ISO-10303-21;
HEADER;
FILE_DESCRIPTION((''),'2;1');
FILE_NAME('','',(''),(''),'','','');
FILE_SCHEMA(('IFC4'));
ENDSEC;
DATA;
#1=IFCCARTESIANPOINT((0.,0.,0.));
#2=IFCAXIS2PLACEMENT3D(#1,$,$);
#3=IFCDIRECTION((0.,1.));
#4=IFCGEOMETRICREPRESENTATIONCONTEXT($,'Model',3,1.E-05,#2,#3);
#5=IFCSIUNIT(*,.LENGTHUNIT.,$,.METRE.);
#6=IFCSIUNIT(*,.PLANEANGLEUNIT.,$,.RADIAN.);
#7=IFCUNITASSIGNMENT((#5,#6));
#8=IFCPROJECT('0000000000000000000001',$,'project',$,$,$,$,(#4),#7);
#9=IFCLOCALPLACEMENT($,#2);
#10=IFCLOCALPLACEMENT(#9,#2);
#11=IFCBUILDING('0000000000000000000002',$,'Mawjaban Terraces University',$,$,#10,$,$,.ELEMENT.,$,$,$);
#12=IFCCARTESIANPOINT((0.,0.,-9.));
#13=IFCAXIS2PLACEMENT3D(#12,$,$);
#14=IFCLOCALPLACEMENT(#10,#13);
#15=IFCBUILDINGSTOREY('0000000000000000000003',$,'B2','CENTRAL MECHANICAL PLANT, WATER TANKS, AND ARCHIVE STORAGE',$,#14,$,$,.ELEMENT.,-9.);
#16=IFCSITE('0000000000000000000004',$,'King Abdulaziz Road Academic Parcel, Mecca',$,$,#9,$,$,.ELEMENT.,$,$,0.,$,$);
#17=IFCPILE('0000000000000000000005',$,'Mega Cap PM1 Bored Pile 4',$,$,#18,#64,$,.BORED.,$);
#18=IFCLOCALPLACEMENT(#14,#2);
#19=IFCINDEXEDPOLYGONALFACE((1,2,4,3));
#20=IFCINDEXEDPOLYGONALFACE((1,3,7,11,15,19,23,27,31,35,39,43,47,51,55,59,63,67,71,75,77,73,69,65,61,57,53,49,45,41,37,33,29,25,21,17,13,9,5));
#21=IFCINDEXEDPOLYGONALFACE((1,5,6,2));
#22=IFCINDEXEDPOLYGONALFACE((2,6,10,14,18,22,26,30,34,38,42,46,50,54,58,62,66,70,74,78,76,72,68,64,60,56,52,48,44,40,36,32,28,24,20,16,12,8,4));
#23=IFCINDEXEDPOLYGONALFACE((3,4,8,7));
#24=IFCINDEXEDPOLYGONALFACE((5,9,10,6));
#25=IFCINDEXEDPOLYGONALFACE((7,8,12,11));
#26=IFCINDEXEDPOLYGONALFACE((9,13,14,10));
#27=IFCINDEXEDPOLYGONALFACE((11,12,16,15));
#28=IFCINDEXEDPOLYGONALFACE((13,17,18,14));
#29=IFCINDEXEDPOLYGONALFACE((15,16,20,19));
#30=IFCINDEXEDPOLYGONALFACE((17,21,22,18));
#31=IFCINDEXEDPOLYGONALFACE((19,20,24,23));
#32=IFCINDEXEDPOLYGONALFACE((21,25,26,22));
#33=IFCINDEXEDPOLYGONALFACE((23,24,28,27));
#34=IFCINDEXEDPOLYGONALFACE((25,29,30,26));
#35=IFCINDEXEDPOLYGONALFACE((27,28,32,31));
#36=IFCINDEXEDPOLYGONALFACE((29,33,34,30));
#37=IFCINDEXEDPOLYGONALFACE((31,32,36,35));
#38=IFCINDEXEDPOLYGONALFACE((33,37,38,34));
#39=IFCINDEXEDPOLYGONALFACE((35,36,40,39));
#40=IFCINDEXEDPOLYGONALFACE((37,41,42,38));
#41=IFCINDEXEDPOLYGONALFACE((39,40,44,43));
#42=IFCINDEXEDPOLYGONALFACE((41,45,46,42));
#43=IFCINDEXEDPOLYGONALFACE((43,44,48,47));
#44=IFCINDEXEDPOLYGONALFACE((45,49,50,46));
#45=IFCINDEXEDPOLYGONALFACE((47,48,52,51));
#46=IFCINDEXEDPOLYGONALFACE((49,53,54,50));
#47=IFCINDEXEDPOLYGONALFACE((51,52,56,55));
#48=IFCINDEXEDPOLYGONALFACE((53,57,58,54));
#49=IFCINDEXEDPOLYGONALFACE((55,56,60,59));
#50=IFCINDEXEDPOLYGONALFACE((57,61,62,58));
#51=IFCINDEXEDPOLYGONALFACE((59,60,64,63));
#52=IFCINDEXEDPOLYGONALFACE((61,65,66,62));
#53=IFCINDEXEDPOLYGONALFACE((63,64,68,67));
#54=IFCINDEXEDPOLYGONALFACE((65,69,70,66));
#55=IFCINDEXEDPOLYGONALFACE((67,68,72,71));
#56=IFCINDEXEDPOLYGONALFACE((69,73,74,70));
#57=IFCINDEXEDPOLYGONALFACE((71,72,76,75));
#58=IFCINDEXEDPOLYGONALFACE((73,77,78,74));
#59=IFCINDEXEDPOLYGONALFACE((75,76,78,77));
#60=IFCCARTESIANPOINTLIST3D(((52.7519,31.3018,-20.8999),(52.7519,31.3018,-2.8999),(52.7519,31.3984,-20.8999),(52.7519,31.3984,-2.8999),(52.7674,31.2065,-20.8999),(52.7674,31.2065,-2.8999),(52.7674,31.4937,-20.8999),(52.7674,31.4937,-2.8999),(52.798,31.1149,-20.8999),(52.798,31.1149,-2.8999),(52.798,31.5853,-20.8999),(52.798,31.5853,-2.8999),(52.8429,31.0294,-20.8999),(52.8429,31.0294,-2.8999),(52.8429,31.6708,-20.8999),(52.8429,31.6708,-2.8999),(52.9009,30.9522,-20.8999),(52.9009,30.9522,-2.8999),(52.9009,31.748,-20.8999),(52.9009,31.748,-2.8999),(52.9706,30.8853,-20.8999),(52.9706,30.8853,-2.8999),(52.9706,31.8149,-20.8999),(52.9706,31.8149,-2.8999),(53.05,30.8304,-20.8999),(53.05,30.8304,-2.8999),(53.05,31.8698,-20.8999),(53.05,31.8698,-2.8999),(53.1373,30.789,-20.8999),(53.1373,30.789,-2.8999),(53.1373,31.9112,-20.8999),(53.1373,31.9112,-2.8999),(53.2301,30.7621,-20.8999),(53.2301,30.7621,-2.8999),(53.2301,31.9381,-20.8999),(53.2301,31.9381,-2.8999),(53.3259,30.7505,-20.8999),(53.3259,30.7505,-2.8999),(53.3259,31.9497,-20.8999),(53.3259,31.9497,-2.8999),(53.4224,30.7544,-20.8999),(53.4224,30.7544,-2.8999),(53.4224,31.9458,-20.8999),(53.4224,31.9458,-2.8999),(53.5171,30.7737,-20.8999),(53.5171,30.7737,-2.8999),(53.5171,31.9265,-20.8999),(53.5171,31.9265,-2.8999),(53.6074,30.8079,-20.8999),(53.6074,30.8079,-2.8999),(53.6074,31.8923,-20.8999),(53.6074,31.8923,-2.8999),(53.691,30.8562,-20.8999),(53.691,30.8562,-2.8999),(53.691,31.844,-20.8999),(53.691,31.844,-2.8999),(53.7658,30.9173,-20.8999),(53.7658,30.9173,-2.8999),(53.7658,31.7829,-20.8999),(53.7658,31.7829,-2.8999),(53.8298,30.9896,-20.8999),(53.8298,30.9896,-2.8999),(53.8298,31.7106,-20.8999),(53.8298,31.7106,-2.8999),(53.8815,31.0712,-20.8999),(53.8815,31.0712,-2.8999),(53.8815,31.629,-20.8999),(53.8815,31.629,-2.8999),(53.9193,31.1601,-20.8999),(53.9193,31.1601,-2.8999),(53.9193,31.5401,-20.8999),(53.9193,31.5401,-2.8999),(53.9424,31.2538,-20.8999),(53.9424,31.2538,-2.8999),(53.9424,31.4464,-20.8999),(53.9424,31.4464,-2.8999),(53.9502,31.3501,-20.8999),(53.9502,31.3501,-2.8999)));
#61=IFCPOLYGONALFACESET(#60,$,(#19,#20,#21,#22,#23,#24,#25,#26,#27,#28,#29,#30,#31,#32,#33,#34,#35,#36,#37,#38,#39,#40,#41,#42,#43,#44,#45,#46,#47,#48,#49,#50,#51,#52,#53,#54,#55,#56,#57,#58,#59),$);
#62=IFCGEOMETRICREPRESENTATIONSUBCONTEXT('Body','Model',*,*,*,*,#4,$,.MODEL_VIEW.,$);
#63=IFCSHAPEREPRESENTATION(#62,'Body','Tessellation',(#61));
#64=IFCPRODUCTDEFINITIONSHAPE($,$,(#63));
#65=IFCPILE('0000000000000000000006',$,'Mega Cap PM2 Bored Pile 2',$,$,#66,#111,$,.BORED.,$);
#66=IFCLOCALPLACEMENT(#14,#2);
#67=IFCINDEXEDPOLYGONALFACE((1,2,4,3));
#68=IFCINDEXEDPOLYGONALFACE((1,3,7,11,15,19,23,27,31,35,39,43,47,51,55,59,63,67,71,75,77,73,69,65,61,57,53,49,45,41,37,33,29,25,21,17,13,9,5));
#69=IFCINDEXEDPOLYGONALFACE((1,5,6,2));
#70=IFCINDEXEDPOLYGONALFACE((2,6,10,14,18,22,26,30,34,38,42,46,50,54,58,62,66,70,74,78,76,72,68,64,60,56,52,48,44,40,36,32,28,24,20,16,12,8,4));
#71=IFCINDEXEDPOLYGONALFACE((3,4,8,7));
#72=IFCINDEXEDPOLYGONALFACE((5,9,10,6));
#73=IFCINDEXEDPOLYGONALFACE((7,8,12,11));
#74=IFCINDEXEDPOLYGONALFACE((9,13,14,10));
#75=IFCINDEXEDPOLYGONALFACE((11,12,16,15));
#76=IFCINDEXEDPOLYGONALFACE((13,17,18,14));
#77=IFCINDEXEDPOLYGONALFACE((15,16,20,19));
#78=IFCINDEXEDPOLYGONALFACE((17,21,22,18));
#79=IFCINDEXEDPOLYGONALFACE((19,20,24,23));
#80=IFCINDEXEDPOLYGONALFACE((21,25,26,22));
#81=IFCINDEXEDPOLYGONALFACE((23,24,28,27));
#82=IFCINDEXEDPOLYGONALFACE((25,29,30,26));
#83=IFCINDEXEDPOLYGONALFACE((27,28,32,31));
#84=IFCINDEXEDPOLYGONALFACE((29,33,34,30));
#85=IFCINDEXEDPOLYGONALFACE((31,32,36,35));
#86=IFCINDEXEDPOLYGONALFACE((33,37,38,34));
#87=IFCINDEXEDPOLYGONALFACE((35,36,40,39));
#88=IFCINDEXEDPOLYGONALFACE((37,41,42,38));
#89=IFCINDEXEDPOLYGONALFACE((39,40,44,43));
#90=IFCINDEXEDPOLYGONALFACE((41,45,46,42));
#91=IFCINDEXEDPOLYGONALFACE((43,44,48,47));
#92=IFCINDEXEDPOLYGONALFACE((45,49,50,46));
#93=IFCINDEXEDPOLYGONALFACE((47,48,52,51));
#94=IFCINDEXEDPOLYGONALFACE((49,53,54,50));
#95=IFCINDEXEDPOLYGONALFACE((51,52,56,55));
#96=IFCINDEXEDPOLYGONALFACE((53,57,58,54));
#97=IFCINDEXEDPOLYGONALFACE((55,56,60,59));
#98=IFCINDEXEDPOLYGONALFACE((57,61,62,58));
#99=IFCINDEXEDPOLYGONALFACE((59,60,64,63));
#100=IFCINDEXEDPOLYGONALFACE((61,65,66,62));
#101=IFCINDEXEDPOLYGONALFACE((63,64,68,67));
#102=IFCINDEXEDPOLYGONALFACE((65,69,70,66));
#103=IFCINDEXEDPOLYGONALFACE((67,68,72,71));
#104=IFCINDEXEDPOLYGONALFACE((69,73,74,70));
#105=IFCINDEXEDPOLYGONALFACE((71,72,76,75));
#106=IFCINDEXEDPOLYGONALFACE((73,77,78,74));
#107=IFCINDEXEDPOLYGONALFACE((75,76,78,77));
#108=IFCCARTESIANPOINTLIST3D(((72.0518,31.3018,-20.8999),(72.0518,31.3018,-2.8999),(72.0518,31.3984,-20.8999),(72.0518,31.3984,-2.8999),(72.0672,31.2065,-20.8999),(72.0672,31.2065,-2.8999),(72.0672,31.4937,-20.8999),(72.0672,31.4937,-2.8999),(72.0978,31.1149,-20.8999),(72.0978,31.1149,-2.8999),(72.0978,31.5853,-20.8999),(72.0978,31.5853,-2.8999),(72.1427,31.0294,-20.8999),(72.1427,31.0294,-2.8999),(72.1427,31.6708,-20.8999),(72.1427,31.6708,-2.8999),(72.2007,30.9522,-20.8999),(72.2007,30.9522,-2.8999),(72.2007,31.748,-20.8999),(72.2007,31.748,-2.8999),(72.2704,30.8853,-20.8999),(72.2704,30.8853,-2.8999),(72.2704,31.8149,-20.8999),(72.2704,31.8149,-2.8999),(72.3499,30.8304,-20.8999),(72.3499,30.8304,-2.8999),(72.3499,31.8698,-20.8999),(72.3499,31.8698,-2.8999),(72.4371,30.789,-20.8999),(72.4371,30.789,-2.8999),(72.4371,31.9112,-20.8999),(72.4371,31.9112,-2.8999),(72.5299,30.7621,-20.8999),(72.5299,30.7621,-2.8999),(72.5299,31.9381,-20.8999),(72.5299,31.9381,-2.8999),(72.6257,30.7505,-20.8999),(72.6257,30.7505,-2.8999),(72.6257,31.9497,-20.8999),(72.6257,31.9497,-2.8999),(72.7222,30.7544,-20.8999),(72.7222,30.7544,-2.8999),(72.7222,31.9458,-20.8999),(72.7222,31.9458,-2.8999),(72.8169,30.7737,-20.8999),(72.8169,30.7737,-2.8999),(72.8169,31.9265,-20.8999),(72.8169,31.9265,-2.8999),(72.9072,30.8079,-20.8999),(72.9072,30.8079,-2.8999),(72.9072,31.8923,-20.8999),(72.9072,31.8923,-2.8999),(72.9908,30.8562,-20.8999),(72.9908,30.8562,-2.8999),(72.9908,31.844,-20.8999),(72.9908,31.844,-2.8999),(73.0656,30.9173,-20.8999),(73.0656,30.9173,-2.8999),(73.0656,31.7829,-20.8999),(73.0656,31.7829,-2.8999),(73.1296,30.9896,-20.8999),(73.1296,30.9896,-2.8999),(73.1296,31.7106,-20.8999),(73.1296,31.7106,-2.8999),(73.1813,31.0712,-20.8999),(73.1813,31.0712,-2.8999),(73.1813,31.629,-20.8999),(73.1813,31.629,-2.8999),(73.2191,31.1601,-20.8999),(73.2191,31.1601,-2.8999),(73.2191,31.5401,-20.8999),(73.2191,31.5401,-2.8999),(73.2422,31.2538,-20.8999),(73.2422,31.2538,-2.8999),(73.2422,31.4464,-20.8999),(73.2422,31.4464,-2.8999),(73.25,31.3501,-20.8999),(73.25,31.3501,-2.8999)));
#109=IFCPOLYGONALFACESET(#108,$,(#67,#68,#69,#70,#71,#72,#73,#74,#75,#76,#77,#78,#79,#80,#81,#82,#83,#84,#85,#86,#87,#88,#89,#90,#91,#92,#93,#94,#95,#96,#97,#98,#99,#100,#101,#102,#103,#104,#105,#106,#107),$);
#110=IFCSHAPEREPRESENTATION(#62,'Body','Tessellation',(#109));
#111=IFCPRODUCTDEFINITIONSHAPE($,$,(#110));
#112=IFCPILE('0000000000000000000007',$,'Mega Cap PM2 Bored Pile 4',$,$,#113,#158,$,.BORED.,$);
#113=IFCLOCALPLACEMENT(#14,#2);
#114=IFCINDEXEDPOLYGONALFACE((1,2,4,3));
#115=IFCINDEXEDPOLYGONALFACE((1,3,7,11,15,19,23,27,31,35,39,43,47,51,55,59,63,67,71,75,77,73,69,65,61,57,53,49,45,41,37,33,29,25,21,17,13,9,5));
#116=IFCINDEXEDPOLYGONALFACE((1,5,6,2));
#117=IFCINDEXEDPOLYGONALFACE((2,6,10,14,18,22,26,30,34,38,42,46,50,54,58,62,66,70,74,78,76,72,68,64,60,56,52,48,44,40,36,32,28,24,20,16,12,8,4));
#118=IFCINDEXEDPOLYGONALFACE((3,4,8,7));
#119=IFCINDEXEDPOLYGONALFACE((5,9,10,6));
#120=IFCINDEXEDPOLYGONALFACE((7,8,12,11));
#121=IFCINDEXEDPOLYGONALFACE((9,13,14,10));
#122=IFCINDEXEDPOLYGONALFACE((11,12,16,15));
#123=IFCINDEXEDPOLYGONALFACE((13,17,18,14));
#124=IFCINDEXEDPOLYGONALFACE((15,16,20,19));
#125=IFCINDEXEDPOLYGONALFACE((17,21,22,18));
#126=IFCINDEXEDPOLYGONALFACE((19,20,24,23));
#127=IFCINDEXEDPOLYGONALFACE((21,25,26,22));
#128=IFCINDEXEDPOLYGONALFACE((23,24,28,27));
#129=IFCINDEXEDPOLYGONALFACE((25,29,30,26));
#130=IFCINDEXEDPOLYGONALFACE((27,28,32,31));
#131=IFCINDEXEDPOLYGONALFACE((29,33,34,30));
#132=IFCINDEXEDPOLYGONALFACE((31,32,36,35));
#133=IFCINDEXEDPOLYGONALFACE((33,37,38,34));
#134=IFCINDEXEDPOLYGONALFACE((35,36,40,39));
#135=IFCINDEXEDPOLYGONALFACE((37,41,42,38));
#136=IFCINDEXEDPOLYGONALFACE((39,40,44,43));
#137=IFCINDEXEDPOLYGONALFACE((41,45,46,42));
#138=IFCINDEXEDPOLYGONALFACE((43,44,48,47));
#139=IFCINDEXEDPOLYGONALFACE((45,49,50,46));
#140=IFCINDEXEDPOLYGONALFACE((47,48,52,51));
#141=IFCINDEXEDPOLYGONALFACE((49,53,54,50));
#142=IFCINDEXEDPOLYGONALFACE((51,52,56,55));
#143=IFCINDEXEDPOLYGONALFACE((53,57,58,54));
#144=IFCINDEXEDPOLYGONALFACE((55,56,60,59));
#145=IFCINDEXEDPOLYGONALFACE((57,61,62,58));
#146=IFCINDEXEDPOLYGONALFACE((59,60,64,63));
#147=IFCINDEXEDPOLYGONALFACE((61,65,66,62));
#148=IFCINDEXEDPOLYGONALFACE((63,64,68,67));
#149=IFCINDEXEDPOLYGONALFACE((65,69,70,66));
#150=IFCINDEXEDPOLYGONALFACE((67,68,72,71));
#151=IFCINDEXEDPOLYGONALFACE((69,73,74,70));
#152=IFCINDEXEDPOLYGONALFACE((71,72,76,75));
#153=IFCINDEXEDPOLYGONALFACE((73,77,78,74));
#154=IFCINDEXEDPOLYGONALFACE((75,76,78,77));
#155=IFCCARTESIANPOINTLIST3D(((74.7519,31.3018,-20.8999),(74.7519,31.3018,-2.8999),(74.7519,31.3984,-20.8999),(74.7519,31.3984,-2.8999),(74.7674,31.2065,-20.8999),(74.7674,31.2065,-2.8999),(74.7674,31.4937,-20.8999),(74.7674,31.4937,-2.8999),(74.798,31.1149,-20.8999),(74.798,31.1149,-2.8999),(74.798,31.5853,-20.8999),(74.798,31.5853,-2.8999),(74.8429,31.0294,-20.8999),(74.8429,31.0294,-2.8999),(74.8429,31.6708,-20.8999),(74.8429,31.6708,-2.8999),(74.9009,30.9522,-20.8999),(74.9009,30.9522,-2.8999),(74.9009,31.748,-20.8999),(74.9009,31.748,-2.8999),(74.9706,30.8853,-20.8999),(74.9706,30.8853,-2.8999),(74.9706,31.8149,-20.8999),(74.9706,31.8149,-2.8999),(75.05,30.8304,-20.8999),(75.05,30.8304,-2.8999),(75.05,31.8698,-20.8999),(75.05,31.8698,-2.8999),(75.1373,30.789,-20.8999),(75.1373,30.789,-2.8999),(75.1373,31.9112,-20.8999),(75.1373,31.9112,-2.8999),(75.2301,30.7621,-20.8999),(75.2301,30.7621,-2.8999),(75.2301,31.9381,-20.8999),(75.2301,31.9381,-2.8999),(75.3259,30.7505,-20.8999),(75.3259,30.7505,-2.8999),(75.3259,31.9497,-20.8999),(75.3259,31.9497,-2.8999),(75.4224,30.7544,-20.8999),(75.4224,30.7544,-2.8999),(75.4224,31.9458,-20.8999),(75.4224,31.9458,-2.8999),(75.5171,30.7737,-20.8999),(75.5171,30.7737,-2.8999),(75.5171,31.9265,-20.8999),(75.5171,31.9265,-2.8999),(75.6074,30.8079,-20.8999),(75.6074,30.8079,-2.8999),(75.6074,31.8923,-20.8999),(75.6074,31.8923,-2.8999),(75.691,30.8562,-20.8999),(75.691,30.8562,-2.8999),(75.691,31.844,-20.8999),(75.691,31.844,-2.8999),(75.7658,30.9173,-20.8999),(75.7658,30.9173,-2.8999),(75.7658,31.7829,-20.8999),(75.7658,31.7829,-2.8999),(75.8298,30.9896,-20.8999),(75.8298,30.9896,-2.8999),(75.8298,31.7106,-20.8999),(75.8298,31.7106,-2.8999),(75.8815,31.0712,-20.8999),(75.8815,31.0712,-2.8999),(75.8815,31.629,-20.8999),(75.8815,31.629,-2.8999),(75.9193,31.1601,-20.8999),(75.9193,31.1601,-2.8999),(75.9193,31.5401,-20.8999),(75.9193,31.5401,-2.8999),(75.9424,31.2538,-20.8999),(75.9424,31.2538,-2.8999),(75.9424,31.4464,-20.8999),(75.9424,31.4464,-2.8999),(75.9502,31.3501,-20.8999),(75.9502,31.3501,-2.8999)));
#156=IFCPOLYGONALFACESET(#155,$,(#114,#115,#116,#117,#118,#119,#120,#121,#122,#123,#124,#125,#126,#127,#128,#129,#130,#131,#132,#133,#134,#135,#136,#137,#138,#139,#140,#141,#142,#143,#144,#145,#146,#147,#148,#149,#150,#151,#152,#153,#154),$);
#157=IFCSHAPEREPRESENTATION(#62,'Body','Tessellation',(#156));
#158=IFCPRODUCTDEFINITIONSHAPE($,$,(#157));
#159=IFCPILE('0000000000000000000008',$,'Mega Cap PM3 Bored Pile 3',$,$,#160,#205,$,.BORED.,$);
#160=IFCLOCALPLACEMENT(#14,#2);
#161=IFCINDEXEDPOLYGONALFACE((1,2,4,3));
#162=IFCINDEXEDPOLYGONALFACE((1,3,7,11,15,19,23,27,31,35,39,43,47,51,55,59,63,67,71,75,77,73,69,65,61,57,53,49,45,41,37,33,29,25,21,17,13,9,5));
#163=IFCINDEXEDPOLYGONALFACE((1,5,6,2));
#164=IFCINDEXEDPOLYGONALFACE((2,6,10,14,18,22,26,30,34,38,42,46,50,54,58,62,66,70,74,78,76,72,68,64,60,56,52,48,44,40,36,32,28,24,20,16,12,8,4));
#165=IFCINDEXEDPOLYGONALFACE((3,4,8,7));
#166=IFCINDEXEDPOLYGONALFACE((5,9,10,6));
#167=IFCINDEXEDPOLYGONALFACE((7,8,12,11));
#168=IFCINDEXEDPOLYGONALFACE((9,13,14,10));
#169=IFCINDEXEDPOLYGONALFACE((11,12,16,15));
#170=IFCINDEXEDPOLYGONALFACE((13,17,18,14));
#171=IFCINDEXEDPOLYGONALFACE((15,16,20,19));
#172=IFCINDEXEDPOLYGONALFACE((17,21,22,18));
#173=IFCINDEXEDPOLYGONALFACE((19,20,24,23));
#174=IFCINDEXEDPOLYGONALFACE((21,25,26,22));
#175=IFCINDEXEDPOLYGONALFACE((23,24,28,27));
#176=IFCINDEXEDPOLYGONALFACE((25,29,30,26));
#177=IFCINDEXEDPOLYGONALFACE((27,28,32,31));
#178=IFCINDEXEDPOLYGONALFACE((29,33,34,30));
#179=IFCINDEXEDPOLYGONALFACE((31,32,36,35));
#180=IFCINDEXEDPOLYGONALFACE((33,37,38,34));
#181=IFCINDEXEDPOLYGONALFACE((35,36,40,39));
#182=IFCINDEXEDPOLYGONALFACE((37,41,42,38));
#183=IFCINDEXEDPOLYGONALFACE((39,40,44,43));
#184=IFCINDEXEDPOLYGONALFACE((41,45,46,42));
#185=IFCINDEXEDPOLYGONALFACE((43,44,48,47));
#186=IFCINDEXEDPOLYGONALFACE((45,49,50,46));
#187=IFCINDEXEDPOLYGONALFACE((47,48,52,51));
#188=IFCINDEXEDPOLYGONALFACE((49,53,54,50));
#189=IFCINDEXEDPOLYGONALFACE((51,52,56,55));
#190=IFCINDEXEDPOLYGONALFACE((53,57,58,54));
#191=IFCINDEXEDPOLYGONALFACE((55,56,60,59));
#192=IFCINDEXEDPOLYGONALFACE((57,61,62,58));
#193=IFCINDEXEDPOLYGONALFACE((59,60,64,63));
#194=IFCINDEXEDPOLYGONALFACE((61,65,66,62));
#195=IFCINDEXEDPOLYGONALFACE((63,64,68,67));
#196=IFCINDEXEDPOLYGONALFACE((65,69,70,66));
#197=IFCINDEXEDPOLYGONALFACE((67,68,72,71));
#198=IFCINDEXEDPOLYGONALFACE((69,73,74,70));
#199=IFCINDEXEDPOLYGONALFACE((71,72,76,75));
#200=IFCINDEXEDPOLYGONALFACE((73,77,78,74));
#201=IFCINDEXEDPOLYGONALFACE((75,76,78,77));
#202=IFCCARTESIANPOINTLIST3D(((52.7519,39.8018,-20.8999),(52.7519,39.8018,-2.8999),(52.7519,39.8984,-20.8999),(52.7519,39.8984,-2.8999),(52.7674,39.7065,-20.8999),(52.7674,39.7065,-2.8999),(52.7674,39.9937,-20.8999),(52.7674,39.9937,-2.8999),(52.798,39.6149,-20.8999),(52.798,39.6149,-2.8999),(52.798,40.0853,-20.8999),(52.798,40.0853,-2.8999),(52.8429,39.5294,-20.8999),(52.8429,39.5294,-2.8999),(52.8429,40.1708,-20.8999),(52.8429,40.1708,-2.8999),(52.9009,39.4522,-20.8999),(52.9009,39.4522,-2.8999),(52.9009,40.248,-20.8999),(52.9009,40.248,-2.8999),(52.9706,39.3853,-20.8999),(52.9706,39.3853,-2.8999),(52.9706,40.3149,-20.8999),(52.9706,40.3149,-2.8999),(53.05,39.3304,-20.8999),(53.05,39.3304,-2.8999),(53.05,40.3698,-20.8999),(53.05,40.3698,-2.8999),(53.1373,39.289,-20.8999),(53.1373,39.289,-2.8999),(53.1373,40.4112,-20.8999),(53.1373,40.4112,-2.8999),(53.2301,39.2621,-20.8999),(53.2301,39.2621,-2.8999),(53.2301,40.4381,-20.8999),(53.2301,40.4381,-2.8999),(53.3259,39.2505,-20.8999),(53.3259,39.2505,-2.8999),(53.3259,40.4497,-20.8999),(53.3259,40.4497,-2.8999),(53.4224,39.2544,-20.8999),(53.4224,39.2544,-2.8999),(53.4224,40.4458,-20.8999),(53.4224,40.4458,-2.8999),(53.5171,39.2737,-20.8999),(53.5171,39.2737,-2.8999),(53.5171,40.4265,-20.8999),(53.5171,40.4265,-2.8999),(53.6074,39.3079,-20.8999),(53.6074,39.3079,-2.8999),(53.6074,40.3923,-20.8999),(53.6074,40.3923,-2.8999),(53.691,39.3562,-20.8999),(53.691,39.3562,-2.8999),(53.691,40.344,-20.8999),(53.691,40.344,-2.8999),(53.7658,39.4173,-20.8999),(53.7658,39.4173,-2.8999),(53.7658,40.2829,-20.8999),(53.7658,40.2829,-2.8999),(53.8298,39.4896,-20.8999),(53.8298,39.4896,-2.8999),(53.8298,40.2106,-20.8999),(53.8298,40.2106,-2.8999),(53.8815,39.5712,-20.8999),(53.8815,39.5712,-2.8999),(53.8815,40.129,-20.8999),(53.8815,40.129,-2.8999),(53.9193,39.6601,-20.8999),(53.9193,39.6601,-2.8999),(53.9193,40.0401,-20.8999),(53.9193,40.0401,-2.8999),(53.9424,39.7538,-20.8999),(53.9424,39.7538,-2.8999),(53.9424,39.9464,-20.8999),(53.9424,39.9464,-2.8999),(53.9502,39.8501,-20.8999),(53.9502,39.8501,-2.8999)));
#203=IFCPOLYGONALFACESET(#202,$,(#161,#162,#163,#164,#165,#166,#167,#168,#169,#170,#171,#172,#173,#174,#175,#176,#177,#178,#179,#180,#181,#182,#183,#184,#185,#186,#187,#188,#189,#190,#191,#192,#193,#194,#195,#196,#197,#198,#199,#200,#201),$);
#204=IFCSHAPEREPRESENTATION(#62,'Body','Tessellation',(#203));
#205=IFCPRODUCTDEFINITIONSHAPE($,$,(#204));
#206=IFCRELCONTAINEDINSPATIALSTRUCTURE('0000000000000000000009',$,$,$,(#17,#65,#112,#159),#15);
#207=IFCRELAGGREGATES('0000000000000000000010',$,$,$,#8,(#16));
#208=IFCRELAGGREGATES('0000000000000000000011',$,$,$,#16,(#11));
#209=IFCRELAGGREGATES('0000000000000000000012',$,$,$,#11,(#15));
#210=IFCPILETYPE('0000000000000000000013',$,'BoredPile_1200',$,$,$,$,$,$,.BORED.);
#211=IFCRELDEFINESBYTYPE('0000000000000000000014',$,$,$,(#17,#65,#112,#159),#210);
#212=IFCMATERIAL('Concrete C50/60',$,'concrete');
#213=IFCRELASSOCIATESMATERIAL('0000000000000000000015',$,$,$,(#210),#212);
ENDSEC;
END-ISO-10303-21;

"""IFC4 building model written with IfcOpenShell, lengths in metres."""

from ifc_helpers import new_model, si_unit, direction, frame, origin, origin_2d, place, context, subcontext, project, spatial, circle, extrude, material, material_profile, profile_set, type_object, element, save


model = new_model("IFC4")

# Units and contexts
model_context = context("Model", 3, precision=1e-05, world=origin(), true_north=direction((0.0, 1.0)))
body_context = subcontext(model_context, "Body", "Model", "MODEL_VIEW")
ifc_project = project(units=[si_unit("LENGTHUNIT", "METRE"), si_unit("PLANEANGLEUNIT", "RADIAN")], contexts=[model_context])

# Site, building, storey
site_placement = place(None, origin())
site = spatial("IfcSite", under=ifc_project, at=site_placement, Name="King Abdulaziz Road Academic Parcel, Mecca", CompositionType="ELEMENT", RefElevation=0.0)
building_placement = place(site_placement, origin())
building = spatial("IfcBuilding", under=site, at=building_placement, Name="Mawjaban Terraces University", CompositionType="ELEMENT")
storey_placement = place(building_placement, frame((0.0, 0.0, -9.0)))
storey = spatial("IfcBuildingStorey", under=building, at=storey_placement, Name="B2", Description="CENTRAL MECHANICAL PLANT, WATER TANKS, AND ARCHIVE STORAGE", CompositionType="ELEMENT", Elevation=-9.0)

# Piles
ifc_material_1 = material(Name="Concrete C50/60", Category="concrete")
ifc_material_profile_1 = material_profile(ifc_material_1, circle(Radius=0.6001, at=origin_2d()), Name="PILE1200")
ifc_profile_set_1 = profile_set([ifc_material_profile_1], Name="Concrete C50/60")
pile_type = type_object("IfcPileType", Name="BoredPile_1200", PredefinedType="BORED", material=ifc_profile_set_1)
for number, where, z_axis, x_axis, name in (
    (1, (53.3501, 31.3501, -2.8999), (0.0, 0.0, -1.0), (1.0, 0.0, 0.0), "Mega Cap PM1 Bored Pile 4"),
    (2, (72.6499, 31.3501, -2.8999), (0.0, 0.0, -1.0), (1.0, 0.0, 0.0), "Mega Cap PM2 Bored Pile 2"),
    (3, (75.3501, 31.3501, -2.8999), (0.0, 0.0, -1.0), (1.0, 0.0, 0.0), "Mega Cap PM2 Bored Pile 4"),
    (4, (53.3501, 39.8501, -2.8999), (0.0, 0.0, -1.0), (1.0, 0.0, 0.0), "Mega Cap PM3 Bored Pile 3"),
):
    element("IfcPile", number, at=place(storey_placement, frame(where, z_axis=z_axis, x_axis=x_axis)), inside=storey, type_object=pile_type, Name=name, PredefinedType="BORED", context=body_context, shape_type="SweptSolid", body=[
        extrude(circle(Radius=0.6001, at=origin_2d()), origin(), (0.0, 0.0, 1.0), 18.0),
    ])

save(model, "model.ifc")
